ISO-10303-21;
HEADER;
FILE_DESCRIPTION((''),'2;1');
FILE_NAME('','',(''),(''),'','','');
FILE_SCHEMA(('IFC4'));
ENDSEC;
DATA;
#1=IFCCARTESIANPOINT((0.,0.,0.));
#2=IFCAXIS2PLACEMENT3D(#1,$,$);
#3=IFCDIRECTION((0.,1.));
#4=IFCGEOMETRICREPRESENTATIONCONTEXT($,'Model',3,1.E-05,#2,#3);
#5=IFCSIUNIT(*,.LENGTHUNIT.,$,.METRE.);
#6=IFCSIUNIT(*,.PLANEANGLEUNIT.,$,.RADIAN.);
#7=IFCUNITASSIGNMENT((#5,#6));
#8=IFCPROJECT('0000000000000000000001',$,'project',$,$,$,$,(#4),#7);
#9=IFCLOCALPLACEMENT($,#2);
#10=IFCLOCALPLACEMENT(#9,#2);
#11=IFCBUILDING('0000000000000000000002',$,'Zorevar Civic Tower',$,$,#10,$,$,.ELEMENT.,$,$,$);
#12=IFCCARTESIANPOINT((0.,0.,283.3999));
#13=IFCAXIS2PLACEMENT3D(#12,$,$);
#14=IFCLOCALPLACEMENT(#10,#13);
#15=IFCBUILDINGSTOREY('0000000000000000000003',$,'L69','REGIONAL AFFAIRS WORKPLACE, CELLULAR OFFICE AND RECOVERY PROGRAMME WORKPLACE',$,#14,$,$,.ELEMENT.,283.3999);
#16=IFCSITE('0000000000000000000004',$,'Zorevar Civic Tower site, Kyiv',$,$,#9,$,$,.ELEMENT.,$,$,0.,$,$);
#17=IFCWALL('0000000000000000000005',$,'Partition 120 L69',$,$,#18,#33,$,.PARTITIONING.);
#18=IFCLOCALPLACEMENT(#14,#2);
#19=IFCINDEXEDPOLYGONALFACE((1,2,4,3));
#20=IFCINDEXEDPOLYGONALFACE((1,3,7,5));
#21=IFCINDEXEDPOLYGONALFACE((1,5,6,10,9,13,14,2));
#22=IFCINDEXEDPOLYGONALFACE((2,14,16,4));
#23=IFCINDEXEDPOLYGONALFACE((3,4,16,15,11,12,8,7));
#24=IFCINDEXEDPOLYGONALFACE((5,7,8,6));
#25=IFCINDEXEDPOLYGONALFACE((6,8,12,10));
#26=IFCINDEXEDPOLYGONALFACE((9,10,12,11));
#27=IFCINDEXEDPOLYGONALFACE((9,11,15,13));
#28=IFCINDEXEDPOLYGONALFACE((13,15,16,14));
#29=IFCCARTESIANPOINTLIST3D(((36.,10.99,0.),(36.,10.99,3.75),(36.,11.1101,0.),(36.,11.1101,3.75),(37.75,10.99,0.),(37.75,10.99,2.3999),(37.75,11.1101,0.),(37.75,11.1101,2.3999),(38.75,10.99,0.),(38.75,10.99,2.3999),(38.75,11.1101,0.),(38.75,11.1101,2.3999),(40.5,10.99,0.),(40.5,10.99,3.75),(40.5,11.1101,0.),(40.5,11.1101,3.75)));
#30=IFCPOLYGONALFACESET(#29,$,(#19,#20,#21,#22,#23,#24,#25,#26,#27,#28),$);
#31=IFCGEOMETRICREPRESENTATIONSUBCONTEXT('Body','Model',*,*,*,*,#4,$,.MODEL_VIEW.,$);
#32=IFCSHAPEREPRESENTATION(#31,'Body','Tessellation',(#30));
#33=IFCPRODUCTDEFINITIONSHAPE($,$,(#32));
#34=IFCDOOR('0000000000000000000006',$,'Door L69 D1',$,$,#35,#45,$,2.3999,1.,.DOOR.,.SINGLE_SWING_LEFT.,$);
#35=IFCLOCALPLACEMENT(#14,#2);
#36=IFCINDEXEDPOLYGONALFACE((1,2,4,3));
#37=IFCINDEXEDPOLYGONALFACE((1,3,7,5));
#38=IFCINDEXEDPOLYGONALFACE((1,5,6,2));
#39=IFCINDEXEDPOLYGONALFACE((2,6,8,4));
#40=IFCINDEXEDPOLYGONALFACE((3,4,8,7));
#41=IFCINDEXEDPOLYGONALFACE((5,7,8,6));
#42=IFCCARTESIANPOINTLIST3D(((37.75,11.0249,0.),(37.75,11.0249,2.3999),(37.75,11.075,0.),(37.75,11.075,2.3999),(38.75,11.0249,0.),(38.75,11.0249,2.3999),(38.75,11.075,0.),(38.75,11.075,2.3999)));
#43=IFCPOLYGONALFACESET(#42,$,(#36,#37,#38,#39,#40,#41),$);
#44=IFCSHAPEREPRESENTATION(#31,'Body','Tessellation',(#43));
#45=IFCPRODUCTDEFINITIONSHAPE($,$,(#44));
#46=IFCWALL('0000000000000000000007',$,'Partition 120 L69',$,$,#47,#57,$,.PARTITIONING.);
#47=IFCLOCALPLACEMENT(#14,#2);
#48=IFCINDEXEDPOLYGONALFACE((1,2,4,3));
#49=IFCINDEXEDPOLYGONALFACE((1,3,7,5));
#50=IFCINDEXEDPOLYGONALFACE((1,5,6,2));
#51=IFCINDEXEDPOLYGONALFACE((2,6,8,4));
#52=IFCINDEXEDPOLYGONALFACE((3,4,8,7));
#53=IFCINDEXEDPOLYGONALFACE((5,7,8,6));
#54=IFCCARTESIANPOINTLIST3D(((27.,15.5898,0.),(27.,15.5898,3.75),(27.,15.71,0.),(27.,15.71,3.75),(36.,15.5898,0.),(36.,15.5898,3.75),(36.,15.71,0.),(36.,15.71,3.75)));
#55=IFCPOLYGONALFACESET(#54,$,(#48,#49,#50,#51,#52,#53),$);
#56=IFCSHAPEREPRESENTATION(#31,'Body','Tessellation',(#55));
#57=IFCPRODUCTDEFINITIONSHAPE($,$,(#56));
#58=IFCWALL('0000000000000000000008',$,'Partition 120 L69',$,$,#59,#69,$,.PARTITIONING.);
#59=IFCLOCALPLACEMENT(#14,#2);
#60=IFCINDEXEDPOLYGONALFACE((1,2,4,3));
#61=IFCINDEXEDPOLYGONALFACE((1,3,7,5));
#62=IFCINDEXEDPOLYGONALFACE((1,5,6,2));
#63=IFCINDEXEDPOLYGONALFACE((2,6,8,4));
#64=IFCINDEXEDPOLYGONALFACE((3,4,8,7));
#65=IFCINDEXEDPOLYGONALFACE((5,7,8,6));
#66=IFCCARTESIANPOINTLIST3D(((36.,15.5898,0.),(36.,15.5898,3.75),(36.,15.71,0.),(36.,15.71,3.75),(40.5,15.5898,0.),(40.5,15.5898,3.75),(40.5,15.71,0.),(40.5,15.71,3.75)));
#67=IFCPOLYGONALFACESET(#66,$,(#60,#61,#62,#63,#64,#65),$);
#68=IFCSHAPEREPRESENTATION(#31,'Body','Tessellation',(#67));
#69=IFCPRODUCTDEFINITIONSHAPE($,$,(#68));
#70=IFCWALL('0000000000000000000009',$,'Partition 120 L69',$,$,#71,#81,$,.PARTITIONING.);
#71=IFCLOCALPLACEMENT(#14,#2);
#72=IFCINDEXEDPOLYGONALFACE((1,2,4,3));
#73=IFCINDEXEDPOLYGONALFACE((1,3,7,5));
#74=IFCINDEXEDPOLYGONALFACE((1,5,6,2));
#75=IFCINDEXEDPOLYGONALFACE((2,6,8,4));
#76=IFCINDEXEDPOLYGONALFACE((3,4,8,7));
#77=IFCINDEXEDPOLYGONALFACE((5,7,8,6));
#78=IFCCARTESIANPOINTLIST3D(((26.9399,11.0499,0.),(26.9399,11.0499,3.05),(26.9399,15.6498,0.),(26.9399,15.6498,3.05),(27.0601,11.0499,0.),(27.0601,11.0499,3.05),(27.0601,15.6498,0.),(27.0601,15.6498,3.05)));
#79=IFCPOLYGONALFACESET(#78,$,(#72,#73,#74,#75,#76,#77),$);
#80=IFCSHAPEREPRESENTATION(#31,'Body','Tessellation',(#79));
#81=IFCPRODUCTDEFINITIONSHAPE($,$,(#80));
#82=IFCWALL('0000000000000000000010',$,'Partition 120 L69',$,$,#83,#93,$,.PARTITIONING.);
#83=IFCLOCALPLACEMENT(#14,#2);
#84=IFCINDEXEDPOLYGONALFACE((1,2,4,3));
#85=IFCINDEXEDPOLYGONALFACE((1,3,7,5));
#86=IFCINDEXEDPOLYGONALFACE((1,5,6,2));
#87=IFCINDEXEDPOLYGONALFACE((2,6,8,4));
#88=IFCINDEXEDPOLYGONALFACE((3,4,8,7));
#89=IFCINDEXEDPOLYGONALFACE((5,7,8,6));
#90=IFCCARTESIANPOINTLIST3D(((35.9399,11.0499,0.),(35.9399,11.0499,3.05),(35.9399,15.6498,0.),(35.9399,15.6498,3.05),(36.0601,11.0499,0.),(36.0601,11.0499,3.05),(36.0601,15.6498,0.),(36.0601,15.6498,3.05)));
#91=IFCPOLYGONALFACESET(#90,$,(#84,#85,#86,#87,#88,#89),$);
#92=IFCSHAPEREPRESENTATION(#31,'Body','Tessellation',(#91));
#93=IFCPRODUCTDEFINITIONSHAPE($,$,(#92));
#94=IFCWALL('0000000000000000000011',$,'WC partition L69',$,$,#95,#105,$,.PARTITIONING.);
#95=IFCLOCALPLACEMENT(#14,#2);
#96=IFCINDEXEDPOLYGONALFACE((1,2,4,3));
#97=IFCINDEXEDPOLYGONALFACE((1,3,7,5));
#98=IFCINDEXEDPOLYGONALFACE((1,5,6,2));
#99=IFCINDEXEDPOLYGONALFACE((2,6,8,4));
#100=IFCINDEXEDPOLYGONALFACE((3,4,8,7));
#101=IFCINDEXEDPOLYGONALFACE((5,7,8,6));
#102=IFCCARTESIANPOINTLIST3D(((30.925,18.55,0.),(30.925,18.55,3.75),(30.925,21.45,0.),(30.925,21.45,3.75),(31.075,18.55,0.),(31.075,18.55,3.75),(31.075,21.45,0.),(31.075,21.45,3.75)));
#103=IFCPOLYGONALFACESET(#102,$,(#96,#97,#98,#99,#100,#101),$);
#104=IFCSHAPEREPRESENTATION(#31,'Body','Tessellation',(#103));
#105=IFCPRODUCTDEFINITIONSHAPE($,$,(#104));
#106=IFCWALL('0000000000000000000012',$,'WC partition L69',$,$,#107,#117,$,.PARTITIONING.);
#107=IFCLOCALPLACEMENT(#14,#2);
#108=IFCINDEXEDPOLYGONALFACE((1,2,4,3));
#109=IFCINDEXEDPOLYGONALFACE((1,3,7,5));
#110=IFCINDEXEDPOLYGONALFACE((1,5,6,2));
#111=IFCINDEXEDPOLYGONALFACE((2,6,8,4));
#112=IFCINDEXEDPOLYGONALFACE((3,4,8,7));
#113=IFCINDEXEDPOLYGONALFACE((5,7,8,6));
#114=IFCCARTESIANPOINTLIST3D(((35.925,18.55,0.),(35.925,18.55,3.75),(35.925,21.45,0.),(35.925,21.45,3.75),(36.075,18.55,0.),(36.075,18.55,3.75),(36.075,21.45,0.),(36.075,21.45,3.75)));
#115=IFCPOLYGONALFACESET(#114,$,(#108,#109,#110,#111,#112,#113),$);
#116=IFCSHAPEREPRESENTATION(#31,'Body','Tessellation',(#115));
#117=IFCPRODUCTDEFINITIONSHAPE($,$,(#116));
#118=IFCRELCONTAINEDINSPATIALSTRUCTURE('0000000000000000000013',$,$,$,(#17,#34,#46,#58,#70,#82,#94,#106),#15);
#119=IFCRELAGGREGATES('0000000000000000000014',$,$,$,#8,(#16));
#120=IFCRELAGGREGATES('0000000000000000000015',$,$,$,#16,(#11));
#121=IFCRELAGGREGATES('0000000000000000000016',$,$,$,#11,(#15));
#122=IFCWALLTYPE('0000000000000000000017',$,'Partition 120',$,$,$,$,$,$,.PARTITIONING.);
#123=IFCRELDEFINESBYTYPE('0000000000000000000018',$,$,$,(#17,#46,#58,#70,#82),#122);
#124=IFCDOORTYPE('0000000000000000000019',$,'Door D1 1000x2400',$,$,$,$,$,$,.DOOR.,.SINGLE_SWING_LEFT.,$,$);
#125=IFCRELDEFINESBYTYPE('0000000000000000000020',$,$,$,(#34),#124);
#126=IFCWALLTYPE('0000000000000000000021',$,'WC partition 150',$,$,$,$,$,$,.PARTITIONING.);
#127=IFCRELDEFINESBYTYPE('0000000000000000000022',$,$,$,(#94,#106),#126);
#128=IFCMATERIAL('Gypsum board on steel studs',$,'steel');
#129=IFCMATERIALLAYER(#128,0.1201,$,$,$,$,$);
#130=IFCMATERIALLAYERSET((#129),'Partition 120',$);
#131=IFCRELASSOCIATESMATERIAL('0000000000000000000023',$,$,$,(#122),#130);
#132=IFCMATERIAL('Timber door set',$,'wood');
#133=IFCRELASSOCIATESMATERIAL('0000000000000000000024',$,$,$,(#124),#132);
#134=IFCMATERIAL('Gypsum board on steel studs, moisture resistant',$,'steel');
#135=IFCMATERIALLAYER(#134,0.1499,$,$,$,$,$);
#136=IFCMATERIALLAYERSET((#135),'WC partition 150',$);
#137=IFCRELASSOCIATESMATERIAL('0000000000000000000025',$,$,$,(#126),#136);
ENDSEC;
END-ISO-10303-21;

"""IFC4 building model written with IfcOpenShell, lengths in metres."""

from ifc_helpers import new_model, si_unit, direction, frame, frame_2d, origin, place, context, subcontext, project, spatial, rectangle, extrude, material, layer, layer_set, type_object, element, fill, save


model = new_model("IFC4")

# Units and contexts
model_context = context("Model", 3, precision=1e-05, world=origin(), true_north=direction((0.0, 1.0)))
body_context = subcontext(model_context, "Body", "Model", "MODEL_VIEW")
ifc_project = project(units=[si_unit("LENGTHUNIT", "METRE"), si_unit("PLANEANGLEUNIT", "RADIAN")], contexts=[model_context])

# Site, building, storey
site_placement = place(None, origin())
site = spatial("IfcSite", under=ifc_project, at=site_placement, Name="Zorevar Civic Tower site, Kyiv", CompositionType="ELEMENT", RefElevation=0.0)
building_placement = place(site_placement, origin())
building = spatial("IfcBuilding", under=site, at=building_placement, Name="Zorevar Civic Tower", CompositionType="ELEMENT")
storey_placement = place(building_placement, frame((0.0, 0.0, 283.3999)))
storey = spatial("IfcBuildingStorey", under=building, at=storey_placement, Name="L69", Description="REGIONAL AFFAIRS WORKPLACE, CELLULAR OFFICE AND RECOVERY PROGRAMME WORKPLACE", CompositionType="ELEMENT", Elevation=283.3999)

# Wall, opening, door
ifc_material_1 = material(Name="Gypsum board on steel studs", Category="steel")
ifc_layer_1 = layer(ifc_material_1, 0.1201)
ifc_layer_set_1 = layer_set([ifc_layer_1], Name="Partition 120")
wall_type_1 = type_object("IfcWallType", Name="Partition 120", PredefinedType="PARTITIONING", material=ifc_layer_set_1)
ifc_material_2 = material(Name="Timber door set", Category="wood")
door_type_1 = type_object("IfcDoorType", Name="Door D1 1000x2400", OperationType="SINGLE_SWING_LEFT", PredefinedType="DOOR", material=ifc_material_2)
wall_1_placement = place(storey_placement, frame((36.0, 11.05, 0.0), z_axis=(0.0, 0.0, 1.0), x_axis=(1.0, 0.0, 0.0)))
wall_1 = element("IfcWall", 1, at=wall_1_placement, inside=storey, type_object=wall_type_1, Name="Partition 120 L69", PredefinedType="PARTITIONING", context=body_context, shape_type="SweptSolid", body=[
    extrude(rectangle(XDim=4.5, YDim=0.1201, at=frame_2d((2.25, 0.0))), origin(), (0.0, 0.0, 1.0), 3.75),
])
opening_1_placement = place(wall_1_placement, frame((1.75, 0.0, 0.0)))
opening_1 = element("IfcOpeningElement", 2, at=opening_1_placement, cuts=wall_1, PredefinedType="OPENING", context=body_context, shape_type="SweptSolid", body=[
    extrude(rectangle(XDim=1.0, YDim=2.3999, at=frame_2d((0.5, 1.2))), frame((0.0, 0.0701, 0.0), z_axis=(0.0, -1.0, 0.0), x_axis=(1.0, 0.0, 0.0)), (0.0, 0.0, 1.0), 0.1401),
])
door_1_placement = place(opening_1_placement, origin())
door_1 = element("IfcDoor", 3, at=door_1_placement, inside=storey, type_object=door_type_1, Name="Door L69 D1", OperationType="SINGLE_SWING_LEFT", OverallHeight=2.3999, OverallWidth=1.0, PredefinedType="DOOR", context=body_context, shape_type="SweptSolid", body=[
    extrude(rectangle(XDim=1.0, YDim=2.3999, at=frame_2d((0.5, 1.2))), frame((0.0, 0.0249, 0.0), z_axis=(0.0, -1.0, 0.0), x_axis=(1.0, 0.0, 0.0)), (0.0, 0.0, 1.0), 0.05),
])
fill(opening_1, door_1)

# Walls
wall_2_placement = place(storey_placement, frame((27.0, 15.6499, 0.0), z_axis=(0.0, 0.0, 1.0), x_axis=(1.0, 0.0, 0.0)))
element("IfcWall", 4, at=wall_2_placement, inside=storey, type_object=wall_type_1, Name="Partition 120 L69", PredefinedType="PARTITIONING", context=body_context, shape_type="SweptSolid", body=[
    extrude(rectangle(XDim=9.0, YDim=0.1201, at=frame_2d((4.5, 0.0))), origin(), (0.0, 0.0, 1.0), 3.75),
])
wall_3_placement = place(storey_placement, frame((36.0, 15.6499, 0.0), z_axis=(0.0, 0.0, 1.0), x_axis=(1.0, 0.0, 0.0)))
element("IfcWall", 5, at=wall_3_placement, inside=storey, type_object=wall_type_1, Name="Partition 120 L69", PredefinedType="PARTITIONING", context=body_context, shape_type="SweptSolid", body=[
    extrude(rectangle(XDim=4.5, YDim=0.1201, at=frame_2d((2.25, 0.0))), origin(), (0.0, 0.0, 1.0), 3.75),
])
for number, where, z_axis, x_axis, name in (
    (6, (27.0, 11.05, 0.0), (0.0, 0.0, 1.0), (0.0, 1.0, 0.0), "Partition 120 L69"),
    (7, (36.0, 11.05, 0.0), (0.0, 0.0, 1.0), (0.0, 1.0, 0.0), "Partition 120 L69"),
):
    element("IfcWall", number, at=place(storey_placement, frame(where, z_axis=z_axis, x_axis=x_axis)), inside=storey, type_object=wall_type_1, Name=name, PredefinedType="PARTITIONING", context=body_context, shape_type="SweptSolid", body=[
        extrude(rectangle(XDim=4.5999, YDim=0.1201, at=frame_2d((2.2998, 0.0))), origin(), (0.0, 0.0, 1.0), 3.05),
    ])
ifc_material_3 = material(Name="Gypsum board on steel studs, moisture resistant", Category="steel")
ifc_layer_2 = layer(ifc_material_3, 0.1499)
ifc_layer_set_2 = layer_set([ifc_layer_2], Name="WC partition 150")
wall_type_2 = type_object("IfcWallType", Name="WC partition 150", PredefinedType="PARTITIONING", material=ifc_layer_set_2)
for number, where, z_axis, x_axis, name in (
    (8, (31.0, 18.55, 0.0), (0.0, 0.0, 1.0), (0.0, 1.0, 0.0), "WC partition L69"),
    (9, (36.0, 18.55, 0.0), (0.0, 0.0, 1.0), (0.0, 1.0, 0.0), "WC partition L69"),
):
    element("IfcWall", number, at=place(storey_placement, frame(where, z_axis=z_axis, x_axis=x_axis)), inside=storey, type_object=wall_type_2, Name=name, PredefinedType="PARTITIONING", context=body_context, shape_type="SweptSolid", body=[
        extrude(rectangle(XDim=2.8999, YDim=0.1499, at=frame_2d((1.45, 0.0))), origin(), (0.0, 0.0, 1.0), 3.75),
    ])

save(model, "model.ifc")
